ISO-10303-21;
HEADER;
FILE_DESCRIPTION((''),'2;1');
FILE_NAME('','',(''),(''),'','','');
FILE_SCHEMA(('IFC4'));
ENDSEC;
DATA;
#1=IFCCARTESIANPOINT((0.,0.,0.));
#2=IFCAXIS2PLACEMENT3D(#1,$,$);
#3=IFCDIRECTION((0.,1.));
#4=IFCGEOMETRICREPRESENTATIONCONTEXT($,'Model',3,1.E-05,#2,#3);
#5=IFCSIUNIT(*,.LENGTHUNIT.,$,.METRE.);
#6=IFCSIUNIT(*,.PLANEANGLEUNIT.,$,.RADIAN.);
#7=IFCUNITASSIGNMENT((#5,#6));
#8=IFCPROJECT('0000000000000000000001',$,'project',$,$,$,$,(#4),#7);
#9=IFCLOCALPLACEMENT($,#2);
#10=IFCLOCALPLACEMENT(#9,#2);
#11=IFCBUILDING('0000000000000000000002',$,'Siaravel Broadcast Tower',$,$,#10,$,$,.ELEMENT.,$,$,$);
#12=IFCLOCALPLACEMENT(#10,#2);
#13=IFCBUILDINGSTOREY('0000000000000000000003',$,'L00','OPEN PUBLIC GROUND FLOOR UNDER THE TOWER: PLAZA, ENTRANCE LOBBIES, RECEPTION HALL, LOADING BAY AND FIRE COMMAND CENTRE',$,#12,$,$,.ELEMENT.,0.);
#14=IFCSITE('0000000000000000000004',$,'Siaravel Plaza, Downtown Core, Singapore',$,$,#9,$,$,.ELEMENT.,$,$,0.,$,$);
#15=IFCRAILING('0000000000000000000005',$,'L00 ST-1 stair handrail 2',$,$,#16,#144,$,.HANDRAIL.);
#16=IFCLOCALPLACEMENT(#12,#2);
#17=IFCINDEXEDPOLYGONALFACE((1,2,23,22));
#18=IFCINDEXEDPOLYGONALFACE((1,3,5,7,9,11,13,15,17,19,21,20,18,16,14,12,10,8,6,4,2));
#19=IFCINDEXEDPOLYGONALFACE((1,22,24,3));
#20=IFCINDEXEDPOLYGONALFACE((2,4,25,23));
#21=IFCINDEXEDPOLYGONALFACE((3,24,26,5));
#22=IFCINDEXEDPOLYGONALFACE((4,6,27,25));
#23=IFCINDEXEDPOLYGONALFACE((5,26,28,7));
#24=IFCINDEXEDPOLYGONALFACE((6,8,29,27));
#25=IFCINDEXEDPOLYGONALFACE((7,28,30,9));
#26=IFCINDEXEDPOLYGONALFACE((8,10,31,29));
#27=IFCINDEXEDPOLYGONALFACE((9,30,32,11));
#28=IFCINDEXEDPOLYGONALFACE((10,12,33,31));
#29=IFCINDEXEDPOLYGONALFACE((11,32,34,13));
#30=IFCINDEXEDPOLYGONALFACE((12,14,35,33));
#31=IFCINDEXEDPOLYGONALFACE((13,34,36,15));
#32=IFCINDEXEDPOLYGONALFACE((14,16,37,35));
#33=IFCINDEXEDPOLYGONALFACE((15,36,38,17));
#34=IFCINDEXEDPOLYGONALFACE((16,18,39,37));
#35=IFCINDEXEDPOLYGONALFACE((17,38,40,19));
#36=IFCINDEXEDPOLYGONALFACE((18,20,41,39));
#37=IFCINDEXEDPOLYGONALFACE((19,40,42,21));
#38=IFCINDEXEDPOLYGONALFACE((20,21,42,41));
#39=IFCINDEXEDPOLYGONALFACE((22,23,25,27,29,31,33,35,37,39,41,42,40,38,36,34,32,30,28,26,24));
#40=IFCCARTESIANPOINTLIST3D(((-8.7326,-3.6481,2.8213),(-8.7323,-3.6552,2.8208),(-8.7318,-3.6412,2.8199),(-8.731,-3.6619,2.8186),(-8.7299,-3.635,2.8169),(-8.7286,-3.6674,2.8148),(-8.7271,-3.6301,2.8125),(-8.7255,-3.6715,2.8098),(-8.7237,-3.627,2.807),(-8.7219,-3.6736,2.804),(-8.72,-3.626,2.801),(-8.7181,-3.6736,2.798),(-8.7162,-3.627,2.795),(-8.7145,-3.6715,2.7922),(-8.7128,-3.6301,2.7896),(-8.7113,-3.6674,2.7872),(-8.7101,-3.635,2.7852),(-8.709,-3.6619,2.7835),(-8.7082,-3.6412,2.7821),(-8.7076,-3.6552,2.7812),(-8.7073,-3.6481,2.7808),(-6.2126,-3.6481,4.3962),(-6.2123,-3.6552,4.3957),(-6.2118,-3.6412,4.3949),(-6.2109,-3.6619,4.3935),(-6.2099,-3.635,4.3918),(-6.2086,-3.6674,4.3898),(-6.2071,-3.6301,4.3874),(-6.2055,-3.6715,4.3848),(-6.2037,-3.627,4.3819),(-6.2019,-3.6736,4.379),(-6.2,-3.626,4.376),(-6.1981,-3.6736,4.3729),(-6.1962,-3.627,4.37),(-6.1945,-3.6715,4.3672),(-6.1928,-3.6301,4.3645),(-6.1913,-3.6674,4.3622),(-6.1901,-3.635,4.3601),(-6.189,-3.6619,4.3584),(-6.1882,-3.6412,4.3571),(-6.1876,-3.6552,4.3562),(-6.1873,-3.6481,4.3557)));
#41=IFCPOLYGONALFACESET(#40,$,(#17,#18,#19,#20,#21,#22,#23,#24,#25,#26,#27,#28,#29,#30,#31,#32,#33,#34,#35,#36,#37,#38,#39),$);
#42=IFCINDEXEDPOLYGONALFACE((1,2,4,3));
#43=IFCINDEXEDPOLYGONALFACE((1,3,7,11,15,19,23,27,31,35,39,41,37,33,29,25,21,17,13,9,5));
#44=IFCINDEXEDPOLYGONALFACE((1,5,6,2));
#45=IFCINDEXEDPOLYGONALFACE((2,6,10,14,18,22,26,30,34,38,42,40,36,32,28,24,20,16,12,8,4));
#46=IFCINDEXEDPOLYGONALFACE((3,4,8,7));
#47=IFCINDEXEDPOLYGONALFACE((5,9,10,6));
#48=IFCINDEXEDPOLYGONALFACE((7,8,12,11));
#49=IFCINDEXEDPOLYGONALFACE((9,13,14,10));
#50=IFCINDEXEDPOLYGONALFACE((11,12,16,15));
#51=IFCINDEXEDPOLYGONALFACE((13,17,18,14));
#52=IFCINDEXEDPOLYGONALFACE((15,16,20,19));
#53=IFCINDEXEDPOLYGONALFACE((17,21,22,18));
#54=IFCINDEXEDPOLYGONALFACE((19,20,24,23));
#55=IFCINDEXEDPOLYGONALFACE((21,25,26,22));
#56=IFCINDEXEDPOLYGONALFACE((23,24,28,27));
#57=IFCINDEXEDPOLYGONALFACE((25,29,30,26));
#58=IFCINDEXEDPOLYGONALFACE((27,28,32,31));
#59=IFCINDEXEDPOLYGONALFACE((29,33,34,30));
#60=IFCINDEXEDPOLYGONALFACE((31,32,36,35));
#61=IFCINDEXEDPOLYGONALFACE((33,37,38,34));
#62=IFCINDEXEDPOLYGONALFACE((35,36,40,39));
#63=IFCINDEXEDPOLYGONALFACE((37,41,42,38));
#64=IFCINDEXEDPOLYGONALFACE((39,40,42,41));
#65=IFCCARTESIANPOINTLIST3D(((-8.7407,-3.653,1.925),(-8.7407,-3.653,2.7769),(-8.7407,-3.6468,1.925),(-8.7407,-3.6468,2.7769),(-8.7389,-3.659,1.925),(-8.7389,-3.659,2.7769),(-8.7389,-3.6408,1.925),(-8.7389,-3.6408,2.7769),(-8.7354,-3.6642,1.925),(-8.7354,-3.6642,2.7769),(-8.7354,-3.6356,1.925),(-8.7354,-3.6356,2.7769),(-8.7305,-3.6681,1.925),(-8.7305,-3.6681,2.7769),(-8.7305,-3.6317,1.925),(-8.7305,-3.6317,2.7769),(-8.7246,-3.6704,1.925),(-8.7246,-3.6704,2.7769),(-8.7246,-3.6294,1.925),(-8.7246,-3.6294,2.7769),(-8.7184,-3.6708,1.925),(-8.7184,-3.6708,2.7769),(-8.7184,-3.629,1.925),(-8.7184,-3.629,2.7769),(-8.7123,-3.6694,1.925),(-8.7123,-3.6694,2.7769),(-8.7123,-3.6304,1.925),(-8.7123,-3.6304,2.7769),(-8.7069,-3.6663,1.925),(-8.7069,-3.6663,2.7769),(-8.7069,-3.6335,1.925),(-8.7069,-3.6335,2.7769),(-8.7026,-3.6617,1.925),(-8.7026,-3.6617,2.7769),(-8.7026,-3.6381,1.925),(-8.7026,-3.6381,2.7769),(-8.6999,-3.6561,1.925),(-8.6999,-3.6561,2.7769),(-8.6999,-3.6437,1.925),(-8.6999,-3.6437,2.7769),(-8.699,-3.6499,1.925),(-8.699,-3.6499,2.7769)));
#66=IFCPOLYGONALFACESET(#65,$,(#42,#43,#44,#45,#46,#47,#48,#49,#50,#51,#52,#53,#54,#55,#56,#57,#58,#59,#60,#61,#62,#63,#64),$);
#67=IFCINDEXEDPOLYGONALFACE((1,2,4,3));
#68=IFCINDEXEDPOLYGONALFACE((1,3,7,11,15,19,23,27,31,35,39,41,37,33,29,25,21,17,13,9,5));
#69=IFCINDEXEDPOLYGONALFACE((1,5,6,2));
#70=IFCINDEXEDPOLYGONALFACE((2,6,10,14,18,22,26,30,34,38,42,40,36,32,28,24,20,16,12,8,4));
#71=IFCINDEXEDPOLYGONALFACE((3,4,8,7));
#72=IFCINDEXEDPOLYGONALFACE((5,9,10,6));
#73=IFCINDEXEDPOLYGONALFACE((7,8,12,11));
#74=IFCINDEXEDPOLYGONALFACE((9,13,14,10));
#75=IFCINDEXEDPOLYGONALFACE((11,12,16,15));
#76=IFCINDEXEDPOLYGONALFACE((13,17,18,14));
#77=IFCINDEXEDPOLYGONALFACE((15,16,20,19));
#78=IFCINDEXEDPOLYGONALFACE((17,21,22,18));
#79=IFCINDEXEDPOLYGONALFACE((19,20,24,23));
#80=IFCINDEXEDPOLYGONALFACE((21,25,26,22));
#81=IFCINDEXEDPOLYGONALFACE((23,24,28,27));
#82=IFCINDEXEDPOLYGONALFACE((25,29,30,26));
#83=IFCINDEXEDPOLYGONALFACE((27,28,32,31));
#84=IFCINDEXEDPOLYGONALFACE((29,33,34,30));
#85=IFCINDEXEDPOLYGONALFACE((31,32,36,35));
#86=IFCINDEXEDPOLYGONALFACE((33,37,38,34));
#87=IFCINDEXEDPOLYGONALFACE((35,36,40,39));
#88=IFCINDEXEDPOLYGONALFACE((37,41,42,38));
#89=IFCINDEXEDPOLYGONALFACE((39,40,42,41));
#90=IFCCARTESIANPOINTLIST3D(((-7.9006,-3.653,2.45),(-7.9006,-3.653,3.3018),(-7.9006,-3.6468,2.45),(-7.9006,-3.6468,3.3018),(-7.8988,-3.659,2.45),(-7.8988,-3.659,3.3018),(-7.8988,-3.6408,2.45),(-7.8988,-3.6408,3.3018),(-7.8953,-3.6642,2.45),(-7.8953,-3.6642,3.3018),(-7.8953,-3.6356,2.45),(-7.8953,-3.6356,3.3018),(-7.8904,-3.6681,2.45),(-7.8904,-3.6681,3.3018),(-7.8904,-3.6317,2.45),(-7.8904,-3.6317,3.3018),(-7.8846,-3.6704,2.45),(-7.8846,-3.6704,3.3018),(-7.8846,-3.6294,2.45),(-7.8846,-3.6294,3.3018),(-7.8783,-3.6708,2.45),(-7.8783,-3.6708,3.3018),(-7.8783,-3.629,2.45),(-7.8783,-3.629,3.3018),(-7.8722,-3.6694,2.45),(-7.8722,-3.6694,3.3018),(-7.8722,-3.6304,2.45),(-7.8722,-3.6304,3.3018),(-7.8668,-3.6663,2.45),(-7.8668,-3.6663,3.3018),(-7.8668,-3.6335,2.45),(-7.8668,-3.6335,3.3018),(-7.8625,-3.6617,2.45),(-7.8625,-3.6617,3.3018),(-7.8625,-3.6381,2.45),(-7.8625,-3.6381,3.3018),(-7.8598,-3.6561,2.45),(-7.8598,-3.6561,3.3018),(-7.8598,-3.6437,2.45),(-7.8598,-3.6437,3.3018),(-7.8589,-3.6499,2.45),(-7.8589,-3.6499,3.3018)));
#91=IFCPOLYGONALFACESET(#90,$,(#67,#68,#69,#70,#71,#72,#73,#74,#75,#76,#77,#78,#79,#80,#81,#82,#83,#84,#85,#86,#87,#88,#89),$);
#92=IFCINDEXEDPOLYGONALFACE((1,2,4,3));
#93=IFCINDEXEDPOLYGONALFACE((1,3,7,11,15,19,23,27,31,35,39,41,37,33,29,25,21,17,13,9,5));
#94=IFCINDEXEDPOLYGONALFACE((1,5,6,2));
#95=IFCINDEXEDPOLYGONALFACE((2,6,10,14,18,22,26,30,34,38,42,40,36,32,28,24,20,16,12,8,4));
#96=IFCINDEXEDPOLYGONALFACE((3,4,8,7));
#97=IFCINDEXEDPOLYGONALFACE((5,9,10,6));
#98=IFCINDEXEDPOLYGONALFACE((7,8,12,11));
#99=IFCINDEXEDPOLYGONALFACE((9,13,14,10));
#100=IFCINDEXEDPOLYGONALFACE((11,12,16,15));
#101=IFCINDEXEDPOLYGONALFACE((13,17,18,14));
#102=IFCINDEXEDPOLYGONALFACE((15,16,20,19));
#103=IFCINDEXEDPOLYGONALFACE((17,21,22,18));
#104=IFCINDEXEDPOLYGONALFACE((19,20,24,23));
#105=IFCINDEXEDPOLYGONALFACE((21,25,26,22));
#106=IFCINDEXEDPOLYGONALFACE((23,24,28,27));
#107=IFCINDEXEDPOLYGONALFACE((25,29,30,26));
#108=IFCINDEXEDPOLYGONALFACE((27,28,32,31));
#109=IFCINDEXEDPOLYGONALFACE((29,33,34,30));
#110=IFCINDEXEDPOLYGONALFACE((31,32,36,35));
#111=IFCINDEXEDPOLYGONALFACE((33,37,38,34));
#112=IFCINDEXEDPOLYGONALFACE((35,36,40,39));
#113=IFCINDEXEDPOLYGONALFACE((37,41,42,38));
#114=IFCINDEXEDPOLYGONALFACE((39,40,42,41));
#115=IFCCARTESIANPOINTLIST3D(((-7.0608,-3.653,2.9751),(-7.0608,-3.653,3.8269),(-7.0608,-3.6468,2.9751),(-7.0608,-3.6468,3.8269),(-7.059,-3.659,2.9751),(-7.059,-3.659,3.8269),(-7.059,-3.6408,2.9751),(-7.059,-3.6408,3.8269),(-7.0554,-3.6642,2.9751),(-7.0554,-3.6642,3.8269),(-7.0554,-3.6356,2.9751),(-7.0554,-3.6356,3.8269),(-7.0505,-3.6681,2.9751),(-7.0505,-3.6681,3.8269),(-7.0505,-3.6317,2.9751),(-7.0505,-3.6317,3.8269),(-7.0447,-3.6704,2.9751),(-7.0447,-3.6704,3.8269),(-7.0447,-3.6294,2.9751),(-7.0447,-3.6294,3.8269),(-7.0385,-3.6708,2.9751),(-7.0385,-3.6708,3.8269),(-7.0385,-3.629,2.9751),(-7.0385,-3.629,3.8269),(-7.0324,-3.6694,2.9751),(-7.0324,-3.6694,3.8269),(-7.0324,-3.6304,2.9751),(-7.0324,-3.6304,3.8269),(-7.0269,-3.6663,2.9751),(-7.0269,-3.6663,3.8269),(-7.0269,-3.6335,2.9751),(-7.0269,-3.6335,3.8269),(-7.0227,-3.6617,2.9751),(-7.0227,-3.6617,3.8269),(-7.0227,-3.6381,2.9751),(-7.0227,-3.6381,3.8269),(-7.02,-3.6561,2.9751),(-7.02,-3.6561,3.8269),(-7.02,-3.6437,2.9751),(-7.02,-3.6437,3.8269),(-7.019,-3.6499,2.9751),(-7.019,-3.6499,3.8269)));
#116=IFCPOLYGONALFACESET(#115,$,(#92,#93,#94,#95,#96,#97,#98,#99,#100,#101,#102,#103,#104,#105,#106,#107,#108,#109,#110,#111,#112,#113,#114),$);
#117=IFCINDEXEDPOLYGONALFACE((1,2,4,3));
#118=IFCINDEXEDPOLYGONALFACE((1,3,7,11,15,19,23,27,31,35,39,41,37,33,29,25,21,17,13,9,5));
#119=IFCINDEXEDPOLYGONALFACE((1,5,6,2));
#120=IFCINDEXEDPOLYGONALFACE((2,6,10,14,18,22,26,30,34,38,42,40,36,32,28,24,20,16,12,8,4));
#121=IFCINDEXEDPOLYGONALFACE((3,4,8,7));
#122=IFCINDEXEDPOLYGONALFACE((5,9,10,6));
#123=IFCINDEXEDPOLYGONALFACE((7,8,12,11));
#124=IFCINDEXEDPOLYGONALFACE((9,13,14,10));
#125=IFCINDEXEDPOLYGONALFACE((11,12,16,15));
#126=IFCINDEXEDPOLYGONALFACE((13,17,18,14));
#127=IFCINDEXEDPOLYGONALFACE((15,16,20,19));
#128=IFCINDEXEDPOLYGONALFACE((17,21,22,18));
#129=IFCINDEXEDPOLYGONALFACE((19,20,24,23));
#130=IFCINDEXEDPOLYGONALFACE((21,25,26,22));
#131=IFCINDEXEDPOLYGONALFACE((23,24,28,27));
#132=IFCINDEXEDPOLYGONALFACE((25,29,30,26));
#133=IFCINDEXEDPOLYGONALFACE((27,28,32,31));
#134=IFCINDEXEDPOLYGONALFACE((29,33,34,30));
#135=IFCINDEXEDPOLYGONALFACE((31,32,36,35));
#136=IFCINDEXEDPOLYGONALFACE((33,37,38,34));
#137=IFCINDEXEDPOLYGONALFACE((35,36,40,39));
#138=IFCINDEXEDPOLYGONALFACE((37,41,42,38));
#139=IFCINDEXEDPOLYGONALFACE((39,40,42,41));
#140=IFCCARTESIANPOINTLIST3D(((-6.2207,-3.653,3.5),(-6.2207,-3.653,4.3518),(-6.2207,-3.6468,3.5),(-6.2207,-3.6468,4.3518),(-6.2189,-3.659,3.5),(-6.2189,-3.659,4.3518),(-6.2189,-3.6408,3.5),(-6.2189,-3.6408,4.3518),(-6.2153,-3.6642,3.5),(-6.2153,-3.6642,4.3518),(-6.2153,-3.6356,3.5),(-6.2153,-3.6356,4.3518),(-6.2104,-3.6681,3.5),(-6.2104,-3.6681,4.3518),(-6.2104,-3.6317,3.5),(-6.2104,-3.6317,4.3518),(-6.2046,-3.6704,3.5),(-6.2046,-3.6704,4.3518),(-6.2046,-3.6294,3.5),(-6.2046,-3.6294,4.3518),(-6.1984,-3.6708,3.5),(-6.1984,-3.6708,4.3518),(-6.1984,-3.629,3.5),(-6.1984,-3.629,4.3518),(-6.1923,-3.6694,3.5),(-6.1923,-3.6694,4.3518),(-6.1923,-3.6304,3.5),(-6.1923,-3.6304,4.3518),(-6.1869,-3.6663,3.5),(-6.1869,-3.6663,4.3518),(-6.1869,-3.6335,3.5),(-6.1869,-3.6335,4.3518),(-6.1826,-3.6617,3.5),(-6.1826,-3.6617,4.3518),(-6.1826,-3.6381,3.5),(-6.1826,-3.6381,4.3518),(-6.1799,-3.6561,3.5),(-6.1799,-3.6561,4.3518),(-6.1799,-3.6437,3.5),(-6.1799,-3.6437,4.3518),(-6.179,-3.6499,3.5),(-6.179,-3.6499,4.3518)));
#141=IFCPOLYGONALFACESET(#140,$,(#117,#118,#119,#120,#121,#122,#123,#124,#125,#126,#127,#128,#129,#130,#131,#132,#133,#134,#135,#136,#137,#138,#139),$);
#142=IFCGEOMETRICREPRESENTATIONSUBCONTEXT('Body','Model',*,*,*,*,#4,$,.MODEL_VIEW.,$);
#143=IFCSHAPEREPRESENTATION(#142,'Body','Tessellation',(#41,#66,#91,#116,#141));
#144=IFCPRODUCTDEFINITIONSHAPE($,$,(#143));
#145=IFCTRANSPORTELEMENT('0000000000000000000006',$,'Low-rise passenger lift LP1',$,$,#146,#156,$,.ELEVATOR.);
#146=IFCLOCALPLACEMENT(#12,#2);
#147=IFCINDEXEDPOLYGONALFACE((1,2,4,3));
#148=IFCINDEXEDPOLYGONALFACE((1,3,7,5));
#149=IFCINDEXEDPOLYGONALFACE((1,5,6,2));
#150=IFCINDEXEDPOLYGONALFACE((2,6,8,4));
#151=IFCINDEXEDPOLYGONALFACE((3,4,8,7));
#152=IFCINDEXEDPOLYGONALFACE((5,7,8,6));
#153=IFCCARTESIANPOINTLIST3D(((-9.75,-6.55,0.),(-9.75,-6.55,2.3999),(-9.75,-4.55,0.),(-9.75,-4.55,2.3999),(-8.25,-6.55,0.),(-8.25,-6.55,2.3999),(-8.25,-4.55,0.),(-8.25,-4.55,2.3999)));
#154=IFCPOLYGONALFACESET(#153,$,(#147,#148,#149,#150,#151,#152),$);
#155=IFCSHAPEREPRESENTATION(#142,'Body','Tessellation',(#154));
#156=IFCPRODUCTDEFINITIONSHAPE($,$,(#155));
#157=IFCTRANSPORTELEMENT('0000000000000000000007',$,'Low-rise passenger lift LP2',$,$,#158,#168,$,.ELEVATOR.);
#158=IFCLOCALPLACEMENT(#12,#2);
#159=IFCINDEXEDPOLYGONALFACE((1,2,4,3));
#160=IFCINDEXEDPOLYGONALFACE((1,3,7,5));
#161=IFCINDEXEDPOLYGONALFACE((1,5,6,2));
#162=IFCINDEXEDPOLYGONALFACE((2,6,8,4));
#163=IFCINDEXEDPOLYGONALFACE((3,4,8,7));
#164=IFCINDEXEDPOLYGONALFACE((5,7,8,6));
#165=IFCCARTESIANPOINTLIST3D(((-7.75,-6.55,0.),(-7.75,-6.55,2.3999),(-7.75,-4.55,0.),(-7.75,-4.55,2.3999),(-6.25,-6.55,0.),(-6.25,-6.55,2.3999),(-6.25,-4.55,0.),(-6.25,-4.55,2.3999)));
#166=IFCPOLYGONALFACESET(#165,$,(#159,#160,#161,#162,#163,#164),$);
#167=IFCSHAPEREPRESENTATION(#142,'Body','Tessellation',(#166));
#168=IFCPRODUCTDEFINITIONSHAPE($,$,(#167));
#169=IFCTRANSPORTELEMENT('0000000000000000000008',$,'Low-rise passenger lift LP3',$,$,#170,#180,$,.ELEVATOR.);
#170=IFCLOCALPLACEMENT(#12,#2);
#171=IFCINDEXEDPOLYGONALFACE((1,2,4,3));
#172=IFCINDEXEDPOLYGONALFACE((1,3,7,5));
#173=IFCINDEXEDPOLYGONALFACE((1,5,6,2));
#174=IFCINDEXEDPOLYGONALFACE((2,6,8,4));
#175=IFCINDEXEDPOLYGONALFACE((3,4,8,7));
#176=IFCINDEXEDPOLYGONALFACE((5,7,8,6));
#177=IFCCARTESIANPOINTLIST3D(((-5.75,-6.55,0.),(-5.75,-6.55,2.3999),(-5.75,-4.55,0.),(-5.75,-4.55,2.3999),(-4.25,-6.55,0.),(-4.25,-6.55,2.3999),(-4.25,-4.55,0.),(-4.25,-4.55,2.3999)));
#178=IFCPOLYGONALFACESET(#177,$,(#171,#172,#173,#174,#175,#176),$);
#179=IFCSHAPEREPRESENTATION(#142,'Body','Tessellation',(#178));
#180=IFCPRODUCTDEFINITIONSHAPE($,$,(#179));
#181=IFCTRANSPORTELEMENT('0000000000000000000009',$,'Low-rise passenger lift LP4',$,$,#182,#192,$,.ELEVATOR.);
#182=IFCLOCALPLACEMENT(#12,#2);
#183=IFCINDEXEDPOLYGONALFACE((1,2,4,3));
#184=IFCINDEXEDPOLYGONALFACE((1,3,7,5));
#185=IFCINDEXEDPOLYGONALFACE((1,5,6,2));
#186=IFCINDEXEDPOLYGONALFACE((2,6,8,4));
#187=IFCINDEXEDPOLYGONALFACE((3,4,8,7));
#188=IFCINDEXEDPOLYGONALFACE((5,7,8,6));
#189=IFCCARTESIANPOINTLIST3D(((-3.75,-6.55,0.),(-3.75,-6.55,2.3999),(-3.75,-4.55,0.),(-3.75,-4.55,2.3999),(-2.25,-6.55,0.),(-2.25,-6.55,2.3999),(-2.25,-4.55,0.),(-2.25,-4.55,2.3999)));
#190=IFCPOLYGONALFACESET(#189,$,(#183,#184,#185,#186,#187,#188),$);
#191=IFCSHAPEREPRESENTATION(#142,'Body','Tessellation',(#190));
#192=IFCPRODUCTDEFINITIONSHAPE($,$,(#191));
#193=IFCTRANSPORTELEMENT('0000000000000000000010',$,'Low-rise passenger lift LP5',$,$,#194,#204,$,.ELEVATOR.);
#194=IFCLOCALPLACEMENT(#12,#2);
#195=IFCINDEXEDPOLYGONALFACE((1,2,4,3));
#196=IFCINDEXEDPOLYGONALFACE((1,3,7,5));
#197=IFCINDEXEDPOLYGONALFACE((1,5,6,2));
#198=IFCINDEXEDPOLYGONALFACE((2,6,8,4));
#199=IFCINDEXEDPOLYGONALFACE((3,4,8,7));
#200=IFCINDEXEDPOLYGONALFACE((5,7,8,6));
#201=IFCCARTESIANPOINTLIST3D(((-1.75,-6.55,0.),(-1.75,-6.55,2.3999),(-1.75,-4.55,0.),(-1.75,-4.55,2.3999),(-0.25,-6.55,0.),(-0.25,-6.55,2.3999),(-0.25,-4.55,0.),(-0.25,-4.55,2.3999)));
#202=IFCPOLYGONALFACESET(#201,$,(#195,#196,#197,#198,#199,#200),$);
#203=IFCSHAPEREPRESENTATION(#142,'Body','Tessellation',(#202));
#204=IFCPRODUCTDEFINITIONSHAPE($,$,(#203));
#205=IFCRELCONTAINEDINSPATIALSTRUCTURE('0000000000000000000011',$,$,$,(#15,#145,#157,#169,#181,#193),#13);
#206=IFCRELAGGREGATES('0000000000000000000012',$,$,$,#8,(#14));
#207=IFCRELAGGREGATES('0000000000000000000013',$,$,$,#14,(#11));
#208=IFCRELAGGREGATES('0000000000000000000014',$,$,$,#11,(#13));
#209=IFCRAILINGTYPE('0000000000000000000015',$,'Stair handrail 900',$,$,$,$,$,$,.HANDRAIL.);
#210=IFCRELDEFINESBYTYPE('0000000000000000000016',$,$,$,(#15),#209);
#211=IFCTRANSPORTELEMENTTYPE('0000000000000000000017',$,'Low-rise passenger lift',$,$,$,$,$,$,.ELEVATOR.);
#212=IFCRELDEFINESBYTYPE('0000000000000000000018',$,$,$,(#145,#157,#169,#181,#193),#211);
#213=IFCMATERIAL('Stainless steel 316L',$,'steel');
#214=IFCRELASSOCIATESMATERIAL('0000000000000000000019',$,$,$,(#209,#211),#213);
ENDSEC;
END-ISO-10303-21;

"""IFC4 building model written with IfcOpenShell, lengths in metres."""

from ifc_helpers import new_model, si_unit, direction, frame, origin, origin_2d, place, context, subcontext, project, spatial, rectangle, circle, extrude, material, type_object, element, save


model = new_model("IFC4")

# Units and contexts
model_context = context("Model", 3, precision=1e-05, world=origin(), true_north=direction((0.0, 1.0)))
body_context = subcontext(model_context, "Body", "Model", "MODEL_VIEW")
ifc_project = project(units=[si_unit("LENGTHUNIT", "METRE"), si_unit("PLANEANGLEUNIT", "RADIAN")], contexts=[model_context])

# Site, building, storey
site_placement = place(None, origin())
site = spatial("IfcSite", under=ifc_project, at=site_placement, Name="Siaravel Plaza, Downtown Core, Singapore", CompositionType="ELEMENT", RefElevation=0.0)
building_placement = place(site_placement, origin())
building = spatial("IfcBuilding", under=site, at=building_placement, Name="Siaravel Broadcast Tower", CompositionType="ELEMENT")
storey_placement = place(building_placement, origin())
storey = spatial("IfcBuildingStorey", under=building, at=storey_placement, Name="L00", Description="OPEN PUBLIC GROUND FLOOR UNDER THE TOWER: PLAZA, ENTRANCE LOBBIES, RECEPTION HALL, LOADING BAY AND FIRE COMMAND CENTRE", CompositionType="ELEMENT", Elevation=0.0)

# Railing
ifc_material_1 = material(Name="Stainless steel 316L", Category="steel")
railing_type = type_object("IfcRailingType", Name="Stair handrail 900", PredefinedType="HANDRAIL", material=ifc_material_1)
railing_placement = place(storey_placement, frame((-8.72, -3.6499, 1.925)))
element("IfcRailing", 1, at=railing_placement, inside=storey, type_object=railing_type, Name="L00 ST-1 stair handrail 2", PredefinedType="HANDRAIL", context=body_context, shape_type="SweptSolid", body=[
    extrude(circle(Radius=0.0239, at=origin_2d()), frame((0.0, 0.0, 0.876), z_axis=(0.848008, 0.0, 0.529984), x_axis=(0.0, 1.0, 0.0)), (0.0, 0.0, 1.0), 2.9717),
    extrude(circle(Radius=0.021, at=origin_2d()), origin(), (0.0, 0.0, 1.0), 0.8518),
    extrude(circle(Radius=0.021, at=origin_2d()), frame((0.8401, 0.0, 0.5249)), (0.0, 0.0, 1.0), 0.8518),
    extrude(circle(Radius=0.021, at=origin_2d()), frame((1.6799, 0.0, 1.05)), (0.0, 0.0, 1.0), 0.8518),
    extrude(circle(Radius=0.021, at=origin_2d()), frame((2.52, 0.0, 1.575)), (0.0, 0.0, 1.0), 0.8518),
])

# Transport elements
transport_element_type = type_object("IfcTransportElementType", Name="Low-rise passenger lift", PredefinedType="ELEVATOR", material=ifc_material_1)
for number, where, z_axis, x_axis, name in (
    (2, (-9.0, -5.55, 0.0), (0.0, 0.0, 1.0), (1.0, 0.0, 0.0), "Low-rise passenger lift LP1"),
    (3, (-7.0, -5.55, 0.0), (0.0, 0.0, 1.0), (1.0, 0.0, 0.0), "Low-rise passenger lift LP2"),
    (4, (-5.0, -5.55, 0.0), (0.0, 0.0, 1.0), (1.0, 0.0, 0.0), "Low-rise passenger lift LP3"),
    (5, (-3.0, -5.55, 0.0), (0.0, 0.0, 1.0), (1.0, 0.0, 0.0), "Low-rise passenger lift LP4"),
    (6, (-1.0, -5.55, 0.0), (0.0, 0.0, 1.0), (1.0, 0.0, 0.0), "Low-rise passenger lift LP5"),
):
    element("IfcTransportElement", number, at=place(storey_placement, frame(where, z_axis=z_axis, x_axis=x_axis)), inside=storey, type_object=transport_element_type, Name=name, PredefinedType="ELEVATOR", context=body_context, shape_type="SweptSolid", body=[
        extrude(rectangle(XDim=1.5, YDim=2.0, at=origin_2d()), origin(), (0.0, 0.0, 1.0), 2.3999),
    ])

save(model, "model.ifc")
